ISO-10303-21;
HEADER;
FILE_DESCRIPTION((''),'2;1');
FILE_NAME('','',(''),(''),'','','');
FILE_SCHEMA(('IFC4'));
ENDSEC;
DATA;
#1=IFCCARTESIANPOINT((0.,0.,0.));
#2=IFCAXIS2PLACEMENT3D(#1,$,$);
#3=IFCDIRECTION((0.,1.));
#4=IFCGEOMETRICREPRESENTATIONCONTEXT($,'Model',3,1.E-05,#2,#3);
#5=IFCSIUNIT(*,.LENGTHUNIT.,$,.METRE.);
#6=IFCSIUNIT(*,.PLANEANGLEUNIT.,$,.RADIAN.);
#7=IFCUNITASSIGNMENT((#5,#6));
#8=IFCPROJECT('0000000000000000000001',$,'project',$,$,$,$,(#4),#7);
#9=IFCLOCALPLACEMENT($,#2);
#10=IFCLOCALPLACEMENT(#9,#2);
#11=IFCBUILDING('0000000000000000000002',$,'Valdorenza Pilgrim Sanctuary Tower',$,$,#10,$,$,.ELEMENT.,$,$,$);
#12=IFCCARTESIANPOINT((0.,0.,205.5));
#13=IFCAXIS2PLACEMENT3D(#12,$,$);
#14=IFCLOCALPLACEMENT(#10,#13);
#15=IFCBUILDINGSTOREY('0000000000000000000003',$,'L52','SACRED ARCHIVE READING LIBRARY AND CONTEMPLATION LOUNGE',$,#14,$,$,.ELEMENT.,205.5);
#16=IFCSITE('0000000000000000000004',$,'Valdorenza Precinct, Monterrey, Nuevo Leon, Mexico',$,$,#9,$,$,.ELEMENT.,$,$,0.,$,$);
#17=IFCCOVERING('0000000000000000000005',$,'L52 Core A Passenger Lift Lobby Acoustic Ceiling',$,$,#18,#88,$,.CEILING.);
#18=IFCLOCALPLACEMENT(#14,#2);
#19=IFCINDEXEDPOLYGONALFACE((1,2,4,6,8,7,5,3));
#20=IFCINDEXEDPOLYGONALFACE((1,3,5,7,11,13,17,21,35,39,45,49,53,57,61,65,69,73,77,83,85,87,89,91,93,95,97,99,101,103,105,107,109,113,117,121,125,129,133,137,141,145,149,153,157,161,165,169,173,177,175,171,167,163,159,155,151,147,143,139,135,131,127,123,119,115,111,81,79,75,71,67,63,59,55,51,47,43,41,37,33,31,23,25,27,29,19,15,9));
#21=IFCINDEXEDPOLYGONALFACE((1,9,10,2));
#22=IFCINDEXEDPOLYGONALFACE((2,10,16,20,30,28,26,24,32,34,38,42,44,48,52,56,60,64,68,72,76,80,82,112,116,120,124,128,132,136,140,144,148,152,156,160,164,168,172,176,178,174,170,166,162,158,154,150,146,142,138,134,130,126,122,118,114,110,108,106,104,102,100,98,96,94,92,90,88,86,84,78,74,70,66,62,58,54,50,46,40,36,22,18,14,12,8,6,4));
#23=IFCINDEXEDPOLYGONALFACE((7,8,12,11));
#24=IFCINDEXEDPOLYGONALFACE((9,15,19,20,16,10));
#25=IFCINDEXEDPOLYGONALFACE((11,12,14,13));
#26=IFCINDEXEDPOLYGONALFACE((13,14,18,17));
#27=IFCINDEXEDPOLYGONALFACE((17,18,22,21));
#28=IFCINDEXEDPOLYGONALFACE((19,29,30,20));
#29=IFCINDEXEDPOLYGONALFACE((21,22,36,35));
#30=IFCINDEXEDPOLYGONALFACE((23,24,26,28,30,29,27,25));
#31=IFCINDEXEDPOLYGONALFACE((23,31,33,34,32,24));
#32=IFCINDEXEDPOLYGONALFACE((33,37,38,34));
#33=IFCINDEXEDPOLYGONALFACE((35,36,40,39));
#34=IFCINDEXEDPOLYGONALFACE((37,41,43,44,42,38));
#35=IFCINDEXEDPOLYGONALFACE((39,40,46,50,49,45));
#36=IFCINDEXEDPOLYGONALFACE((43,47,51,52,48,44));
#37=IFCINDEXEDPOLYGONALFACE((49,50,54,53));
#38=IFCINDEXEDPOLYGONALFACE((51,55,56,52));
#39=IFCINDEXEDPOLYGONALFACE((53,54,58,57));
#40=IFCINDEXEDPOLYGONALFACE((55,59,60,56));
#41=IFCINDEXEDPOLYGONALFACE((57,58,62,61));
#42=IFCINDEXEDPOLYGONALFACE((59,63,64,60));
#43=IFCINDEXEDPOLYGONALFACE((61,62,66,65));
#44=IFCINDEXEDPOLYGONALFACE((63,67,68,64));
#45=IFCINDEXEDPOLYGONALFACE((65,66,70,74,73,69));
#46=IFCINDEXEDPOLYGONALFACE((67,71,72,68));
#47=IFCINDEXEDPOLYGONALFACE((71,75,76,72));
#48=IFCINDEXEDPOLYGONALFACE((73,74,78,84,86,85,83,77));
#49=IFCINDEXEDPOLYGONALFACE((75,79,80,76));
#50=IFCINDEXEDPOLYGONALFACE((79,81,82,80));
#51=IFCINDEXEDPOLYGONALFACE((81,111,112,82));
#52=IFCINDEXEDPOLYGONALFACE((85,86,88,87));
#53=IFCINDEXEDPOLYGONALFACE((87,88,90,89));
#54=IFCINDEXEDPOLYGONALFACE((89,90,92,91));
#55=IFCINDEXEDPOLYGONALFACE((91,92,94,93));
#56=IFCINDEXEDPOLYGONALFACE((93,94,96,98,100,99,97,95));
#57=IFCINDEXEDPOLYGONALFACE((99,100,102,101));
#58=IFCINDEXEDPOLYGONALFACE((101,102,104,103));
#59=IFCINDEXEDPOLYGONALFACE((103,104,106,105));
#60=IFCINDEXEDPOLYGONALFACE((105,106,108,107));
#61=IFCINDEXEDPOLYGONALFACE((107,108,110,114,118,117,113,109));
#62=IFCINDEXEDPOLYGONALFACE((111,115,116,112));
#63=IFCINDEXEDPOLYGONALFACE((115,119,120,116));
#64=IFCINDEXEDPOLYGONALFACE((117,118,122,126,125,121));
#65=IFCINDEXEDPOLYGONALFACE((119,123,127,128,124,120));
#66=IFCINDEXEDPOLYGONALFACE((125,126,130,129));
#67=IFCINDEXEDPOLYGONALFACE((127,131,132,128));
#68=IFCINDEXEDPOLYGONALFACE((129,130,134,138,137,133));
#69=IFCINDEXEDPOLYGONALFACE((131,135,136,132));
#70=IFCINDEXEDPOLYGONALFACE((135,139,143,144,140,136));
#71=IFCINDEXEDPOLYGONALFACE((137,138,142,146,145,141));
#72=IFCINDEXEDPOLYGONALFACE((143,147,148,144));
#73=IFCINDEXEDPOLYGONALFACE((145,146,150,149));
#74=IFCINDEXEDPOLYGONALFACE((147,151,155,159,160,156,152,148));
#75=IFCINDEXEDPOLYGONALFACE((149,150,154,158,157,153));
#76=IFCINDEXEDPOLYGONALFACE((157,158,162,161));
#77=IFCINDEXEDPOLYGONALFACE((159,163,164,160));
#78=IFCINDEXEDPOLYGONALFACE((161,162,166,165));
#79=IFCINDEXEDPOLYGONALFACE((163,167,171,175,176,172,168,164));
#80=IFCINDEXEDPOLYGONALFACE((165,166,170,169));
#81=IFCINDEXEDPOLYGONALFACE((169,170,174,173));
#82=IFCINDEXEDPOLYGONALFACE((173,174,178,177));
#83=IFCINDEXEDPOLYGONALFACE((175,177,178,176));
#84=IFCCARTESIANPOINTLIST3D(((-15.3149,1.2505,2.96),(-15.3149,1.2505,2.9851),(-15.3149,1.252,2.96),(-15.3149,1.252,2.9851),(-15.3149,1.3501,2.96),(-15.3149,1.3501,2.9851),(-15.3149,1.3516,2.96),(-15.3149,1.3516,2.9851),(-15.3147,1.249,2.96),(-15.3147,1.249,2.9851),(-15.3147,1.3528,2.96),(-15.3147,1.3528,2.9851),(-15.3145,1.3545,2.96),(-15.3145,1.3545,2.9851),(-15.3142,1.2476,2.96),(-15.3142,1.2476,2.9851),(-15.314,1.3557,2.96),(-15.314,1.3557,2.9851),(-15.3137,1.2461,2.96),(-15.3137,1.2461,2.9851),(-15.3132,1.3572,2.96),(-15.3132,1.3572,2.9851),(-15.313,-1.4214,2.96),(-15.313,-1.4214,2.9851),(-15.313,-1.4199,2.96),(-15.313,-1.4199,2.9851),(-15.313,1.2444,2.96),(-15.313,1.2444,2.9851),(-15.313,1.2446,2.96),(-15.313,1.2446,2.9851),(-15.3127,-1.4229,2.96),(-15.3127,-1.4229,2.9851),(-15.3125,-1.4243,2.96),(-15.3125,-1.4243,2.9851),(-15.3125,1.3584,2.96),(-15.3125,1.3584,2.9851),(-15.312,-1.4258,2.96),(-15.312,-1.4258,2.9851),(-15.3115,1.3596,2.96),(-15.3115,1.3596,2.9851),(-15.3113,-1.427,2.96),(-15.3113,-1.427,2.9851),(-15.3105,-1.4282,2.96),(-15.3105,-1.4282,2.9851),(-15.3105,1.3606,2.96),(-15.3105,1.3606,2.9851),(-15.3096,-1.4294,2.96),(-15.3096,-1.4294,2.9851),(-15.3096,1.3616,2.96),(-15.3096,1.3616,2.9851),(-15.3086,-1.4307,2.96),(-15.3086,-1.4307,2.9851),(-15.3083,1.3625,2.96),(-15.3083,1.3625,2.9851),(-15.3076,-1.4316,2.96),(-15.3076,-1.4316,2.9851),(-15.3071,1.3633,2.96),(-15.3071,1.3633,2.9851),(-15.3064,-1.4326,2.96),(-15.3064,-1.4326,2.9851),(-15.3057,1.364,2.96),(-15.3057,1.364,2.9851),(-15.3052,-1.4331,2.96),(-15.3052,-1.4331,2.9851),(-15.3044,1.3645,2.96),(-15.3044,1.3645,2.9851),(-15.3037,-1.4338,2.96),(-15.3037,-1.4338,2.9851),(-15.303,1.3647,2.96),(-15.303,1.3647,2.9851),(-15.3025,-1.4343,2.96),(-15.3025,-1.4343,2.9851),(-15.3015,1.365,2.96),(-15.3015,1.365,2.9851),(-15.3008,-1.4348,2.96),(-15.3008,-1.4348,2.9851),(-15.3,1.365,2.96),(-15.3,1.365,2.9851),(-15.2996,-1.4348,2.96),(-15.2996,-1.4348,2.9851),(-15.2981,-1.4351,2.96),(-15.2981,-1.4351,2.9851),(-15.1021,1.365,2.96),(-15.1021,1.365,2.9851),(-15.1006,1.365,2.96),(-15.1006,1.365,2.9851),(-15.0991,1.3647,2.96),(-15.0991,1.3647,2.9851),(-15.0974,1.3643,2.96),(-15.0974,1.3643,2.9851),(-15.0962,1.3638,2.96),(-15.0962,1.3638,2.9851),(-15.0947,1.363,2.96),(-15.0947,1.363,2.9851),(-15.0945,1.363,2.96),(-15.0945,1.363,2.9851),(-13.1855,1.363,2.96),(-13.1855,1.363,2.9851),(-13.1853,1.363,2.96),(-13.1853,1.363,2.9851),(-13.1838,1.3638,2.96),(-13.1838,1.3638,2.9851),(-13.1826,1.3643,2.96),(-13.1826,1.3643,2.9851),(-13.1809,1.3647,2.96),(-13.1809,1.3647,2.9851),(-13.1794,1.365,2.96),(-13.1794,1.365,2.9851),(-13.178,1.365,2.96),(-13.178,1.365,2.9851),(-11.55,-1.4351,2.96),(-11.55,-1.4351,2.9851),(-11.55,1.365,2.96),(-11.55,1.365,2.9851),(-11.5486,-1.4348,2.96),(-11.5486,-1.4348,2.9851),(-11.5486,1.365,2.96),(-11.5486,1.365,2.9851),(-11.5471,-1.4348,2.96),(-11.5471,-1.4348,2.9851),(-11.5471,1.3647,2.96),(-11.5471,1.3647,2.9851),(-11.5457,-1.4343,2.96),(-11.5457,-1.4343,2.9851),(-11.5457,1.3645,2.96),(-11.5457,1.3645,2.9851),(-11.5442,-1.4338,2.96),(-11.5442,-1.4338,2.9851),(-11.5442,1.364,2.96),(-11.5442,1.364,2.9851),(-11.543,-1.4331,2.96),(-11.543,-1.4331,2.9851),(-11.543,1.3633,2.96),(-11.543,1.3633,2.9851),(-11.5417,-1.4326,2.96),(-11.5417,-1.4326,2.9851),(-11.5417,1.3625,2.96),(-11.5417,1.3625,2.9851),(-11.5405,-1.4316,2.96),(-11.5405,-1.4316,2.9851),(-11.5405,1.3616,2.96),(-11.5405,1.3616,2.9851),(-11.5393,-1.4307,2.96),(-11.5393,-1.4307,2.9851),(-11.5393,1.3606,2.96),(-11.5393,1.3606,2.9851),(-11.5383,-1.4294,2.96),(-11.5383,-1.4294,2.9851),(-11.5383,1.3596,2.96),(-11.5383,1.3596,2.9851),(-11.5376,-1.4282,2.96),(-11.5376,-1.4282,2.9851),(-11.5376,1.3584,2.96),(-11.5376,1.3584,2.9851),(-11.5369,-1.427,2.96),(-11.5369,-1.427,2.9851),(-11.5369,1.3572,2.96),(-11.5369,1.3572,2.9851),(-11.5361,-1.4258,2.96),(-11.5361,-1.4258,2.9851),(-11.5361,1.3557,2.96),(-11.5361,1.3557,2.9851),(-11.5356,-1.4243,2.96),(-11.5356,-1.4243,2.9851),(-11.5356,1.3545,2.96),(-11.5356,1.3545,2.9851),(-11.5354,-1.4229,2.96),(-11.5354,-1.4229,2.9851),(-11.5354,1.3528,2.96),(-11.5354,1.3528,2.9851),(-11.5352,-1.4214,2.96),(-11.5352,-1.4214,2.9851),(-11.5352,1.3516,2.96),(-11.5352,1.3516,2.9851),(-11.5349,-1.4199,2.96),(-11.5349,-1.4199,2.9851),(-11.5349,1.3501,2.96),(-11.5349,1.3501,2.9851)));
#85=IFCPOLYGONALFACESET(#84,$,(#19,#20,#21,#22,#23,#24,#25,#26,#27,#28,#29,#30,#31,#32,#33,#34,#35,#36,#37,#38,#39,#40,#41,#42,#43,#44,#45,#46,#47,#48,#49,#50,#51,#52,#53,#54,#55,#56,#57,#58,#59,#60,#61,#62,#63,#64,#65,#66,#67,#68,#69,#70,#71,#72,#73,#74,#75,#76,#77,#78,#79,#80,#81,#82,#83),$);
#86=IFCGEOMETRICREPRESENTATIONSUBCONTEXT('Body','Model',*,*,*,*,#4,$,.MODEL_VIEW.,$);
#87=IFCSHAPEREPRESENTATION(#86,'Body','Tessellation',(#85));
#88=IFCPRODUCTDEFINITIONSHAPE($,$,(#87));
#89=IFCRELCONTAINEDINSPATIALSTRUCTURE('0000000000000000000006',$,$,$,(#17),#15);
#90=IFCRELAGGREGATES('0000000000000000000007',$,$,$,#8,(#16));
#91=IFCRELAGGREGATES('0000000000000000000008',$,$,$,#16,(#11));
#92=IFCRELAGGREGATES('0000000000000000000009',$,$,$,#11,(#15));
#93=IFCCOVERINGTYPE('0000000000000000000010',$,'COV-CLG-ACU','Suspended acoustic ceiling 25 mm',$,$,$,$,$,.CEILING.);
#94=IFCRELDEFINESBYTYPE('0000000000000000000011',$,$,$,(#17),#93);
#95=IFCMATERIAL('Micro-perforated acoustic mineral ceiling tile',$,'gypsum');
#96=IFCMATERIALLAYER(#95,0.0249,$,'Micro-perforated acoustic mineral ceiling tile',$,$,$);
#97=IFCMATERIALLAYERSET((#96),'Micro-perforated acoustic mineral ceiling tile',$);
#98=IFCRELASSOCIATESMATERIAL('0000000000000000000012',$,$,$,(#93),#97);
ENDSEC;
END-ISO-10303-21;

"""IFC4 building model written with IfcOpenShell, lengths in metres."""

from ifc_helpers import new_model, si_unit, direction, frame, origin, place, context, subcontext, project, spatial, polyline, outline, extrude, material, layer, layer_set, type_object, element, save


model = new_model("IFC4")

# Units and contexts
model_context = context("Model", 3, precision=1e-05, world=origin(), true_north=direction((0.0, 1.0)))
body_context = subcontext(model_context, "Body", "Model", "MODEL_VIEW")
ifc_project = project(units=[si_unit("LENGTHUNIT", "METRE"), si_unit("PLANEANGLEUNIT", "RADIAN")], contexts=[model_context])

# Site, building, storey
site_placement = place(None, origin())
site = spatial("IfcSite", under=ifc_project, at=site_placement, Name="Valdorenza Precinct, Monterrey, Nuevo Leon, Mexico", CompositionType="ELEMENT", RefElevation=0.0)
building_placement = place(site_placement, origin())
building = spatial("IfcBuilding", under=site, at=building_placement, Name="Valdorenza Pilgrim Sanctuary Tower", CompositionType="ELEMENT")
storey_placement = place(building_placement, frame((0.0, 0.0, 205.5)))
storey = spatial("IfcBuildingStorey", under=building, at=storey_placement, Name="L52", Description="SACRED ARCHIVE READING LIBRARY AND CONTEMPLATION LOUNGE", CompositionType="ELEMENT", Elevation=205.5)

# Covering
ifc_material_1 = material(Name="Micro-perforated acoustic mineral ceiling tile", Category="gypsum")
ifc_layer_1 = layer(ifc_material_1, 0.0249, Name="Micro-perforated acoustic mineral ceiling tile")
ifc_layer_set_1 = layer_set([ifc_layer_1], Name="Micro-perforated acoustic mineral ceiling tile")
covering_type_1 = type_object("IfcCoveringType", Name="COV-CLG-ACU", Description="Suspended acoustic ceiling 25 mm", PredefinedType="CEILING", material=ifc_layer_set_1)
covering_1_placement = place(storey_placement, frame((0.0, 0.0, 2.96)))
element("IfcCovering", 1, at=covering_1_placement, inside=storey, type_object=covering_type_1, Name="L52 Core A Passenger Lift Lobby Acoustic Ceiling", PredefinedType="CEILING", context=body_context, shape_type="SweptSolid", body=[
    extrude(outline(polyline([(-15.313, 1.2444), (-15.313, 1.2446), (-15.3137, 1.2461), (-15.3142, 1.2476), (-15.3147, 1.249), (-15.3149, 1.2505), (-15.3149, 1.252), (-15.3149, 1.3501), (-15.3149, 1.3516), (-15.3147, 1.3528), (-15.3145, 1.3545), (-15.314, 1.3557), (-15.3132, 1.3572), (-15.3125, 1.3584), (-15.3115, 1.3596), (-15.3105, 1.3606), (-15.3096, 1.3616), (-15.3083, 1.3625), (-15.3071, 1.3633), (-15.3057, 1.364), (-15.3044, 1.3645), (-15.303, 1.3647), (-15.3015, 1.365), (-15.3, 1.365), (-15.1021, 1.365), (-15.1006, 1.365), (-15.0991, 1.3647), (-15.0974, 1.3643), (-15.0962, 1.3638), (-15.0947, 1.363), (-15.0945, 1.363), (-13.1855, 1.363), (-13.1853, 1.363), (-13.1838, 1.3638), (-13.1826, 1.3643), (-13.1809, 1.3647), (-13.1794, 1.365), (-13.178, 1.365), (-11.55, 1.365), (-11.5486, 1.365), (-11.5471, 1.3647), (-11.5457, 1.3645), (-11.5442, 1.364), (-11.543, 1.3633), (-11.5417, 1.3625), (-11.5405, 1.3616), (-11.5393, 1.3606), (-11.5383, 1.3596), (-11.5376, 1.3584), (-11.5369, 1.3572), (-11.5361, 1.3557), (-11.5356, 1.3545), (-11.5354, 1.3528), (-11.5352, 1.3516), (-11.5349, 1.3501), (-11.5349, -1.4199), (-11.5352, -1.4214), (-11.5354, -1.4229), (-11.5356, -1.4243), (-11.5361, -1.4258), (-11.5369, -1.427), (-11.5376, -1.4282), (-11.5383, -1.4294), (-11.5393, -1.4307), (-11.5405, -1.4316), (-11.5417, -1.4326), (-11.543, -1.4331), (-11.5442, -1.4338), (-11.5457, -1.4343), (-11.5471, -1.4348), (-11.5486, -1.4348), (-11.55, -1.4351), (-15.2981, -1.4351), (-15.2996, -1.4348), (-15.3008, -1.4348), (-15.3025, -1.4343), (-15.3037, -1.4338), (-15.3052, -1.4331), (-15.3064, -1.4326), (-15.3076, -1.4316), (-15.3086, -1.4307), (-15.3096, -1.4294), (-15.3105, -1.4282), (-15.3113, -1.427), (-15.312, -1.4258), (-15.3125, -1.4243), (-15.3127, -1.4229), (-15.313, -1.4214), (-15.313, -1.4199), (-15.313, 1.2444)])), origin(), (0.0, 0.0, 1.0), 0.0251),
])

save(model, "model.ifc")
